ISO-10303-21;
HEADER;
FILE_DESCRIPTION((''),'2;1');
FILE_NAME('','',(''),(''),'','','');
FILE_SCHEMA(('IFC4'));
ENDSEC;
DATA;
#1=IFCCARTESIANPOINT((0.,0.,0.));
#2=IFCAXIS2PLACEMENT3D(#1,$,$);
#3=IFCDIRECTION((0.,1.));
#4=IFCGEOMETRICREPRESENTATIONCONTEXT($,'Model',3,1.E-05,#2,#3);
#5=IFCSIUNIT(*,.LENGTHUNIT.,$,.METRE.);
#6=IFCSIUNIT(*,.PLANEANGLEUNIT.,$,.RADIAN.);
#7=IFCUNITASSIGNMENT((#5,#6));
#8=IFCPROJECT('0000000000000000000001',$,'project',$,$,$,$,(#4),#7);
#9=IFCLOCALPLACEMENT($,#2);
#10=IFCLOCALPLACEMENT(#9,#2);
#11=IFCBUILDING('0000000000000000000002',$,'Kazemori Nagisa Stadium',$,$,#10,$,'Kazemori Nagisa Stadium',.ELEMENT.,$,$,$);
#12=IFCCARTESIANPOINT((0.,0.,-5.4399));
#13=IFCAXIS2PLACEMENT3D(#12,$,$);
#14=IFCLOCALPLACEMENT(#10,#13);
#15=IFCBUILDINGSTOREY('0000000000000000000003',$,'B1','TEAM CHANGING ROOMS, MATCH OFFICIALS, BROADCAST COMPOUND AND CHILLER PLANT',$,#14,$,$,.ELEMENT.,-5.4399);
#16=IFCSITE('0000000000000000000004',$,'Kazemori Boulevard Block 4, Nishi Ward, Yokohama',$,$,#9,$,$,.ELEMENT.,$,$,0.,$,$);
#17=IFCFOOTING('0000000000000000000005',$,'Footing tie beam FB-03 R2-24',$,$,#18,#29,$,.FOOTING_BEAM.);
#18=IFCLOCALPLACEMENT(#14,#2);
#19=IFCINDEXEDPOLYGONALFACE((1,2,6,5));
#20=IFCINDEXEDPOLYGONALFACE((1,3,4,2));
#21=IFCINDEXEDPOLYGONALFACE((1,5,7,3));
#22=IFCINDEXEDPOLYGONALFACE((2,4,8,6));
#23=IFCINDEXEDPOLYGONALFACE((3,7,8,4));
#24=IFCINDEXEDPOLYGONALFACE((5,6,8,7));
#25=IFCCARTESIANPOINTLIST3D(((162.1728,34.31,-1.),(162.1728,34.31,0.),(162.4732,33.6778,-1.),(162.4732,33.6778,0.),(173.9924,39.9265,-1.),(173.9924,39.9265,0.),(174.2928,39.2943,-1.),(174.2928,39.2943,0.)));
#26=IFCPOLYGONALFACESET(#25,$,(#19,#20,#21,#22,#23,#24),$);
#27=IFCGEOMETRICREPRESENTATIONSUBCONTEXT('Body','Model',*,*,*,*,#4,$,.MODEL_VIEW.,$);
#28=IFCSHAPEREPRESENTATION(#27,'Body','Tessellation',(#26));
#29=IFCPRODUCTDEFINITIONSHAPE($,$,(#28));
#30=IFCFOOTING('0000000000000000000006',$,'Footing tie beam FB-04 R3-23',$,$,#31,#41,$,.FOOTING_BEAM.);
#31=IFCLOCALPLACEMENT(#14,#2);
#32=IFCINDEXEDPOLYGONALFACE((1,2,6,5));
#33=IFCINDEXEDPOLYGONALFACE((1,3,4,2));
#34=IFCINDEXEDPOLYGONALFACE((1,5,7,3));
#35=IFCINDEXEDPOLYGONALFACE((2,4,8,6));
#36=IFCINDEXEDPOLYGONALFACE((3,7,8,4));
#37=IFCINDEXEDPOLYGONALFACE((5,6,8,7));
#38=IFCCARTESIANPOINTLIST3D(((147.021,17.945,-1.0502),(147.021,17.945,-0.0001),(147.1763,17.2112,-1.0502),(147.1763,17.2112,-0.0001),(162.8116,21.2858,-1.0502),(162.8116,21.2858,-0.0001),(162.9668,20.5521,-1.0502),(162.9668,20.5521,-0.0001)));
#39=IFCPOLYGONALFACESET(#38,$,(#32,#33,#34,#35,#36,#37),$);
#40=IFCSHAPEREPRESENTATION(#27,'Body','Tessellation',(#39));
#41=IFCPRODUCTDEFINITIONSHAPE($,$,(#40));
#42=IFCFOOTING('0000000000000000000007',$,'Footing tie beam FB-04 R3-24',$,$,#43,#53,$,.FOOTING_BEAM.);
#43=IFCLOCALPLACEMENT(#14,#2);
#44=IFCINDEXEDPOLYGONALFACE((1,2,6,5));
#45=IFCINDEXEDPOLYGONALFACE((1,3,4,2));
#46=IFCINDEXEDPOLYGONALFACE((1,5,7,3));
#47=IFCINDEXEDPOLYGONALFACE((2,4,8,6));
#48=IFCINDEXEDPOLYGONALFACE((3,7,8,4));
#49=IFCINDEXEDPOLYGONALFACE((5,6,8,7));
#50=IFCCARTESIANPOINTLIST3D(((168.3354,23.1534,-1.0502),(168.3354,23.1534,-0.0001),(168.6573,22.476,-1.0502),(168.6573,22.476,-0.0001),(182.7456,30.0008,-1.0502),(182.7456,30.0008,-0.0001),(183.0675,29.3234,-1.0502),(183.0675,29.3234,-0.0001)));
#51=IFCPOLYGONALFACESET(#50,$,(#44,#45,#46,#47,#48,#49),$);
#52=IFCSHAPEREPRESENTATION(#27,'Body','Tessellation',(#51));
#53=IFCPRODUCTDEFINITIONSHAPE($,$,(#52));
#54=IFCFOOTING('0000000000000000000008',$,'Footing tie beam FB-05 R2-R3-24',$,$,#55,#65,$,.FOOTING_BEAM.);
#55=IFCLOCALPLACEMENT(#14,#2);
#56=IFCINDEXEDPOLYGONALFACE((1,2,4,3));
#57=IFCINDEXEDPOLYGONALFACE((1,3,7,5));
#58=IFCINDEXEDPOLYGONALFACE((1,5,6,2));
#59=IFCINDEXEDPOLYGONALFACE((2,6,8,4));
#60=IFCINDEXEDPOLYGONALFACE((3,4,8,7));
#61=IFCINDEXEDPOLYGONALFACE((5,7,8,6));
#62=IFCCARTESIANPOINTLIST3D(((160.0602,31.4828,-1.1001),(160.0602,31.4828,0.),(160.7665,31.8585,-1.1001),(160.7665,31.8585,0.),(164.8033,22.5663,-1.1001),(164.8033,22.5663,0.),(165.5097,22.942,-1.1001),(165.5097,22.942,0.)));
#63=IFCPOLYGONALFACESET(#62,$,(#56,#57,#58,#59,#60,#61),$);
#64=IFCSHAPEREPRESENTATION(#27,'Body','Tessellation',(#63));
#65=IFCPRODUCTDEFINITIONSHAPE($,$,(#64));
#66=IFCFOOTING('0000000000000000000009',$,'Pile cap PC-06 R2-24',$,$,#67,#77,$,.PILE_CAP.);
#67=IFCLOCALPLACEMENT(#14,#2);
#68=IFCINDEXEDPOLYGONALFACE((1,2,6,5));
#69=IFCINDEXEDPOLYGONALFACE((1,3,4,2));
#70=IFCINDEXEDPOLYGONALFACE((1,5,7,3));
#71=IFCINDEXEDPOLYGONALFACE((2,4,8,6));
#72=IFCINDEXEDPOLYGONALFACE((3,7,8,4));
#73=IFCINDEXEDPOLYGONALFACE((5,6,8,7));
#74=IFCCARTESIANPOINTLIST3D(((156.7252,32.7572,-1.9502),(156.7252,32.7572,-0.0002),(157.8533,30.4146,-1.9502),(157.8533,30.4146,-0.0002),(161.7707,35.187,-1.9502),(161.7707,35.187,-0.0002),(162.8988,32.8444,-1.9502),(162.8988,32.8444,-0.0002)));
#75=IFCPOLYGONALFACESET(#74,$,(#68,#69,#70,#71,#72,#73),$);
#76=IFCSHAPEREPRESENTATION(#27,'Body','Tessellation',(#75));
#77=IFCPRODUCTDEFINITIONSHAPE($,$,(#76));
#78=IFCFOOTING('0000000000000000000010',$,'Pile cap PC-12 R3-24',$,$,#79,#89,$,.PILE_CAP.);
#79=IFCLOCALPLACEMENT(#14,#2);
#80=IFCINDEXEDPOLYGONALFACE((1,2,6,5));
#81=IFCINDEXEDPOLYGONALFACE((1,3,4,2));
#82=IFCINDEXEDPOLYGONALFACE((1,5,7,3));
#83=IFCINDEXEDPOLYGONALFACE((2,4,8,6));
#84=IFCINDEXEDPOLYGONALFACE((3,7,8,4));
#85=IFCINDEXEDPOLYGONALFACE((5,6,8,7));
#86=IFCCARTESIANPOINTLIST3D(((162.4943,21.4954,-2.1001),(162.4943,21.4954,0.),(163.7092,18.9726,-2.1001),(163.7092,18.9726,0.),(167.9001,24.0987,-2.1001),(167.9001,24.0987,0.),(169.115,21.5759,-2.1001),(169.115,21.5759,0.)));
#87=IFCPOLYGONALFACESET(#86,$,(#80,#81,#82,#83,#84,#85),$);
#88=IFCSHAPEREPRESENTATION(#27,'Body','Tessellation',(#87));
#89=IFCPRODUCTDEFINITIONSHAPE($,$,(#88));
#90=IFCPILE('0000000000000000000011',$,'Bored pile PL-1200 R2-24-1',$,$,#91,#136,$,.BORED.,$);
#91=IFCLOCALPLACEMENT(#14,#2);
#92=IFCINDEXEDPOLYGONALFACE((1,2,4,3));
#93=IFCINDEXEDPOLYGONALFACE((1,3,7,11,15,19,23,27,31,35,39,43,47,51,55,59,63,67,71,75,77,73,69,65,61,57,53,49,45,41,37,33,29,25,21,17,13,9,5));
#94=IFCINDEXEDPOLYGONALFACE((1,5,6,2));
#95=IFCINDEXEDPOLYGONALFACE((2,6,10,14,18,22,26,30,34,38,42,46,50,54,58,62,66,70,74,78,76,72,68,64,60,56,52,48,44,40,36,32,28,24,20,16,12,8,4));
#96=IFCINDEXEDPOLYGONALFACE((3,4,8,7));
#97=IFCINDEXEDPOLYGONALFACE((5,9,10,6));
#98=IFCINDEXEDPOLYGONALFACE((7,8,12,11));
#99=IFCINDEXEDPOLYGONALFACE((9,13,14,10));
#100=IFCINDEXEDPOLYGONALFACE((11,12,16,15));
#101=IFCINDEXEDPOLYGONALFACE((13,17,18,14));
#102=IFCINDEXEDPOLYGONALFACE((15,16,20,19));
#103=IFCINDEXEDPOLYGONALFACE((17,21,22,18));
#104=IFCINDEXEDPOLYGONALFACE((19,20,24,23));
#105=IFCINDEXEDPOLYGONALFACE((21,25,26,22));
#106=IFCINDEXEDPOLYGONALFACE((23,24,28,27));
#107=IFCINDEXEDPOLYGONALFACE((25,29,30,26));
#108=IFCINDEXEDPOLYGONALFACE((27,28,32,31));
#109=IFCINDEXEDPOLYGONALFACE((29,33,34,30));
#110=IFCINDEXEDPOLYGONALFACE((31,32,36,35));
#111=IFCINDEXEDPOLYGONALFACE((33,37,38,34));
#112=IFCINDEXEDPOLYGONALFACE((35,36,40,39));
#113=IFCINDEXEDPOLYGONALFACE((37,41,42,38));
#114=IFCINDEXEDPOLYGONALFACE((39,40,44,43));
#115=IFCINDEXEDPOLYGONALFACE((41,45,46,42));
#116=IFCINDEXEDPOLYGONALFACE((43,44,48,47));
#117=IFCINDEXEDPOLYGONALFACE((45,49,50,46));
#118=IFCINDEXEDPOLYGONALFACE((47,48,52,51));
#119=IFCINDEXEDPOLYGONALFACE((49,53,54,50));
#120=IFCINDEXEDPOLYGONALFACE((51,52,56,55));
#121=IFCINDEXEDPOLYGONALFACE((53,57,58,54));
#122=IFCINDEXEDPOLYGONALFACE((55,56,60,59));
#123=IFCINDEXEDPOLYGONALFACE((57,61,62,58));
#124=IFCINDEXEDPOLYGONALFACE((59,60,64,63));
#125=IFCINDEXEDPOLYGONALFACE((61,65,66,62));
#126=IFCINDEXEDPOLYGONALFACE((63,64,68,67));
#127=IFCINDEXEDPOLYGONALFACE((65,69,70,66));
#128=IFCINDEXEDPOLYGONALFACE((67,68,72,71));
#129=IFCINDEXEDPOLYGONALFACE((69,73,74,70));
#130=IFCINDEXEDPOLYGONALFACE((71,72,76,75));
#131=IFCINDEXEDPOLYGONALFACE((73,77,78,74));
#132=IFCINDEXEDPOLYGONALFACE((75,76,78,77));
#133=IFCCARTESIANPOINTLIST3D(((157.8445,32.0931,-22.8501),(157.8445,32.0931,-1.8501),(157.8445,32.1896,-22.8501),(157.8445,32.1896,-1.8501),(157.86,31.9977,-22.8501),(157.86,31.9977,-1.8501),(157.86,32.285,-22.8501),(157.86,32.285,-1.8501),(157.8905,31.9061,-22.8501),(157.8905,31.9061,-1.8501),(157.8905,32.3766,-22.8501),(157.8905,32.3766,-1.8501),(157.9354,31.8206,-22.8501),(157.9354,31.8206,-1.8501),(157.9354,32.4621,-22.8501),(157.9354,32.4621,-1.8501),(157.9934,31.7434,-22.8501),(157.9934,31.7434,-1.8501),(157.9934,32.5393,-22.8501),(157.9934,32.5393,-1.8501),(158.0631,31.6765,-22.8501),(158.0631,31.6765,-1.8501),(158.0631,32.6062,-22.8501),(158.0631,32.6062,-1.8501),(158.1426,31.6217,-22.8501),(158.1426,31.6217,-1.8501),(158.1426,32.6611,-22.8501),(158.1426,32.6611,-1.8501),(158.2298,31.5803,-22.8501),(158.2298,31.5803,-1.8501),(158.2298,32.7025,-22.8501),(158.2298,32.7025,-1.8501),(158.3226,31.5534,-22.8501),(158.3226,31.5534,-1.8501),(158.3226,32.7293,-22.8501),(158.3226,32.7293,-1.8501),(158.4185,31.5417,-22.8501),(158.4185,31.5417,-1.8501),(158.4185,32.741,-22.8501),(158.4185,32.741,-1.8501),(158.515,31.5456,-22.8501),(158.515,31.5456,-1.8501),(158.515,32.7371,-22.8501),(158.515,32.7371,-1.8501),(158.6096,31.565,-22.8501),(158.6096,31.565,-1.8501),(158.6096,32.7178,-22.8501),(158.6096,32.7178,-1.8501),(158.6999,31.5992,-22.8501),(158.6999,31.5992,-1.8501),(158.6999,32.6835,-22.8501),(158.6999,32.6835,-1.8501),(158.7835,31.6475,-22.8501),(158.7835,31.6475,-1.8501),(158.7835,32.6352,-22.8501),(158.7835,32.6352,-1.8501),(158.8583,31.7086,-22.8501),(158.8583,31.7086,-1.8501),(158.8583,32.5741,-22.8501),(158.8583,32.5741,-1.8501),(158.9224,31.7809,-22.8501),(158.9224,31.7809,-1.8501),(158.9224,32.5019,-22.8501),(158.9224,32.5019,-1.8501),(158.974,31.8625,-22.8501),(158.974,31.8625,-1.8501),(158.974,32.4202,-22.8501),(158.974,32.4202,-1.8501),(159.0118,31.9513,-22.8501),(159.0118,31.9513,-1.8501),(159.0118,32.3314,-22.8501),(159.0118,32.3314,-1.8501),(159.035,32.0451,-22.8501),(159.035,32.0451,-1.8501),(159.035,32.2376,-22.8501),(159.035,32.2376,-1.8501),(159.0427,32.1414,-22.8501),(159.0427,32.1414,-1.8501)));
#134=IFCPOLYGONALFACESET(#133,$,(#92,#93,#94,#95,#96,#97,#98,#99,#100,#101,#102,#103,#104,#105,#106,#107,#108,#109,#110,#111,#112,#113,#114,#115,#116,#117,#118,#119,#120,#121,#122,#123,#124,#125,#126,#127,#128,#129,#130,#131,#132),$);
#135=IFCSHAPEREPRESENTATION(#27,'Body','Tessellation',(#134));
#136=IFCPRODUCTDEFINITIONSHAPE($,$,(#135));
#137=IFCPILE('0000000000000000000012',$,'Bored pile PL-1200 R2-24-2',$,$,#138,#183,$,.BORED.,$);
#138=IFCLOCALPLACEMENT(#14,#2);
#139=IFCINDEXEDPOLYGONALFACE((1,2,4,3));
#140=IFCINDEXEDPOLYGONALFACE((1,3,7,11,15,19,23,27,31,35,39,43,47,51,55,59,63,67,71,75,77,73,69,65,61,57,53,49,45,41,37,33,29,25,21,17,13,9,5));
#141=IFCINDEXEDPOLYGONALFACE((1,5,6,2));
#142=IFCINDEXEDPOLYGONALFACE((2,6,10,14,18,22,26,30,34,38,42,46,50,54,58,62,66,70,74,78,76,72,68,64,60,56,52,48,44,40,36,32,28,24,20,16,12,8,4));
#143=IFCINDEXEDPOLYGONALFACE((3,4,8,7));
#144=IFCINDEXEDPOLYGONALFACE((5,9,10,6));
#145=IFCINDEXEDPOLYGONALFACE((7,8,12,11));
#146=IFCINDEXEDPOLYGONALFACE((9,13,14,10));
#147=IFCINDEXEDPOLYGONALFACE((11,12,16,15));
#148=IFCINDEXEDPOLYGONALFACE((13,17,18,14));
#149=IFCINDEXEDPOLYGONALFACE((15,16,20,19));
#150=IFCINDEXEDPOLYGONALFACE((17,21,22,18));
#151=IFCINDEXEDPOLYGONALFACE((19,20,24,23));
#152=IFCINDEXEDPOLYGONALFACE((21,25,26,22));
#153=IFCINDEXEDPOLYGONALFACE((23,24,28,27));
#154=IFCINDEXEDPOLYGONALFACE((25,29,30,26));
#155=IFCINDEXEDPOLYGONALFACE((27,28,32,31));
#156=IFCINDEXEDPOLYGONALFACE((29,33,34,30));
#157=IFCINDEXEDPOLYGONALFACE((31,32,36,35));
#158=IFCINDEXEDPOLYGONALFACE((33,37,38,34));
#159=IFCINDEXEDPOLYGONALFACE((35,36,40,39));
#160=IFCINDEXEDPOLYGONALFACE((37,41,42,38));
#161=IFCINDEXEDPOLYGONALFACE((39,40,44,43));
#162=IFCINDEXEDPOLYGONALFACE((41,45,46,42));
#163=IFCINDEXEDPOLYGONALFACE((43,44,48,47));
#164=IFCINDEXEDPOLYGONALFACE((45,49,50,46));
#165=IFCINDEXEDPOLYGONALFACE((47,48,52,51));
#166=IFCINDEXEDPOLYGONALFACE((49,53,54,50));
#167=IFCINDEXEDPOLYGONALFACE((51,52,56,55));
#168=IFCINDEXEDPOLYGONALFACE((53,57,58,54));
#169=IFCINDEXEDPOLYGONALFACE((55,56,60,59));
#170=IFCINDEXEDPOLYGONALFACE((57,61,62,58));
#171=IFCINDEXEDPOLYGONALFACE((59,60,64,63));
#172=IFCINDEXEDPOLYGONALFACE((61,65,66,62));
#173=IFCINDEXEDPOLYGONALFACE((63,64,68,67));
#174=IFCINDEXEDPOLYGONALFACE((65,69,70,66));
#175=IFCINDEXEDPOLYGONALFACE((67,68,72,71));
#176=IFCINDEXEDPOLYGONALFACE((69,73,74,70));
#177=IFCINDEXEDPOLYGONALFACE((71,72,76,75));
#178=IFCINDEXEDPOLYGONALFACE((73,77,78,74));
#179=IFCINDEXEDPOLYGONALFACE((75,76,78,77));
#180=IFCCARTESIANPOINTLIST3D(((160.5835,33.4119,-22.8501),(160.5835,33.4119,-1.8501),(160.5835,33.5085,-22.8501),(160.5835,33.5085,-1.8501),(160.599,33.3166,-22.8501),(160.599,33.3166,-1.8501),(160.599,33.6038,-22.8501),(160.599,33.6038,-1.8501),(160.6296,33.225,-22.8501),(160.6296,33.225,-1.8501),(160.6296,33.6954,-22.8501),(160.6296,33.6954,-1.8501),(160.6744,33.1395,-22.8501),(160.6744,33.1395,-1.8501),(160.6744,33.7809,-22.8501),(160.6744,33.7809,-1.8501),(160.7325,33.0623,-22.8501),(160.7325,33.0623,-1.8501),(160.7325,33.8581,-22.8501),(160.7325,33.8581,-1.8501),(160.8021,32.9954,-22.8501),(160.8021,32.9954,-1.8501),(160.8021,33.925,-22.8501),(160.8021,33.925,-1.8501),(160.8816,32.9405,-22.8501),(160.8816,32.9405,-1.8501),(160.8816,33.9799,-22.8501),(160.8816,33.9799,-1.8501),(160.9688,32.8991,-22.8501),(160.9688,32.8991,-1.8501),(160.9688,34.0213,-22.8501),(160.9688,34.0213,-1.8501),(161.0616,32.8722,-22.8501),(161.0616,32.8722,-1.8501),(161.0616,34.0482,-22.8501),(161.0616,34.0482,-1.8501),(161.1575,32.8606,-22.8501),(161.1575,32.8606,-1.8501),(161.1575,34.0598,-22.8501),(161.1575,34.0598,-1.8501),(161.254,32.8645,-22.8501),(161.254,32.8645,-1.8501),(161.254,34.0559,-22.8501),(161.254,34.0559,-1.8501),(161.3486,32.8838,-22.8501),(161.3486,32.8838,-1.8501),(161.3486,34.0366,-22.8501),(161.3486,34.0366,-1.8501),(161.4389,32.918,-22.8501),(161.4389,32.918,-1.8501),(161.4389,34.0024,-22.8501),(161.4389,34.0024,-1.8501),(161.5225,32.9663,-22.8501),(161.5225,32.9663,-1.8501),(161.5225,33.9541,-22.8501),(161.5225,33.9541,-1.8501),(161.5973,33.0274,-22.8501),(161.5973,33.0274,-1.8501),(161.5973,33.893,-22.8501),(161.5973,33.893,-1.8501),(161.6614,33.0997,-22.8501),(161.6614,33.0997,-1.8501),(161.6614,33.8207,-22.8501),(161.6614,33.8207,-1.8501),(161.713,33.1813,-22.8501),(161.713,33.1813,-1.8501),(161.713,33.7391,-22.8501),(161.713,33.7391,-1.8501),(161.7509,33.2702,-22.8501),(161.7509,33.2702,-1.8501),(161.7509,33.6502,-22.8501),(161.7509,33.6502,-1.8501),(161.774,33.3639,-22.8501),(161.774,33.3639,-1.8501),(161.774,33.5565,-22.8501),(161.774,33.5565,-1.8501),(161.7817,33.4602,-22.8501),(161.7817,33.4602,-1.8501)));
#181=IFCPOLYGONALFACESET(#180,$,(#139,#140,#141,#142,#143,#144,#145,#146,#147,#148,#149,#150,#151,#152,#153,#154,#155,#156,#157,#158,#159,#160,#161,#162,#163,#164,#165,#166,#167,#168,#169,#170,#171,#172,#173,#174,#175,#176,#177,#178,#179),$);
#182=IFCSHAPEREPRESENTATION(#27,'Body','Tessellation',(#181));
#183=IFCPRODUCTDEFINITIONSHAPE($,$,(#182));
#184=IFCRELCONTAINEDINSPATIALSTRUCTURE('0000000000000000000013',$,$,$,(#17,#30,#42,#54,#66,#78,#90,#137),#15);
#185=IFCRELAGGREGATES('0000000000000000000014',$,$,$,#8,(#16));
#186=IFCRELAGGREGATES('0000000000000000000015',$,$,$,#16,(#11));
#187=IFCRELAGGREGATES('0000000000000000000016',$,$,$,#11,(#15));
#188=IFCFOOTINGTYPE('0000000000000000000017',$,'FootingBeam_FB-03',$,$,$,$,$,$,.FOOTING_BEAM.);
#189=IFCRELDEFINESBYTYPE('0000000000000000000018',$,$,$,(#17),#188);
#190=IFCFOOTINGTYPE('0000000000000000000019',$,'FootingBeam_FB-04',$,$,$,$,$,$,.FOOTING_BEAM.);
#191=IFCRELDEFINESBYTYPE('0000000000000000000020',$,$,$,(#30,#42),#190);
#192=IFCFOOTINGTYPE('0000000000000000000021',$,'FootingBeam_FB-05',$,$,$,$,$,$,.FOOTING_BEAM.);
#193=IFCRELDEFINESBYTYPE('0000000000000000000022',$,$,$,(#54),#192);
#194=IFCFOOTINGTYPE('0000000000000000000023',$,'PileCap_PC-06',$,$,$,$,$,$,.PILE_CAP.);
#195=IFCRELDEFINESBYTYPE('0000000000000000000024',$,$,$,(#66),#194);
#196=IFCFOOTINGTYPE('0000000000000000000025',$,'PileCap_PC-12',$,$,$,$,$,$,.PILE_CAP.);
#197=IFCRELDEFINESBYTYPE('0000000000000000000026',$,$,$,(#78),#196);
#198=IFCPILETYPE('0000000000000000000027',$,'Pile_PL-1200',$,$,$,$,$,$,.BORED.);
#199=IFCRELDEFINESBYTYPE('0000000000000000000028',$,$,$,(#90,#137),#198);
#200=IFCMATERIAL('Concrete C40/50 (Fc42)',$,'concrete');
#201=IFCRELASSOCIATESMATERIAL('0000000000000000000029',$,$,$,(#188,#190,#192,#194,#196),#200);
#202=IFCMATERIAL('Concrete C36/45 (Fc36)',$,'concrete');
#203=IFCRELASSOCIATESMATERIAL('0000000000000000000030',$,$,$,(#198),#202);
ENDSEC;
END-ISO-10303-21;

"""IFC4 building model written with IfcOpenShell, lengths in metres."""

from ifc_helpers import new_model, si_unit, direction, frame, origin, origin_2d, place, context, subcontext, project, spatial, rectangle, circle, extrude, material, material_profile, profile_set, type_object, element, save


model = new_model("IFC4")

# Units and contexts
model_context = context("Model", 3, precision=1e-05, world=origin(), true_north=direction((0.0, 1.0)))
body_context = subcontext(model_context, "Body", "Model", "MODEL_VIEW")
ifc_project = project(units=[si_unit("LENGTHUNIT", "METRE"), si_unit("PLANEANGLEUNIT", "RADIAN")], contexts=[model_context])

# Site, building, storey
site_placement = place(None, origin())
site = spatial("IfcSite", under=ifc_project, at=site_placement, Name="Kazemori Boulevard Block 4, Nishi Ward, Yokohama", CompositionType="ELEMENT", RefElevation=0.0)
building_placement = place(site_placement, origin())
building = spatial("IfcBuilding", under=site, at=building_placement, Name="Kazemori Nagisa Stadium", LongName="Kazemori Nagisa Stadium", CompositionType="ELEMENT")
storey_placement = place(building_placement, frame((0.0, 0.0, -5.4399)))
storey = spatial("IfcBuildingStorey", under=building, at=storey_placement, Name="B1", Description="TEAM CHANGING ROOMS, MATCH OFFICIALS, BROADCAST COMPOUND AND CHILLER PLANT", CompositionType="ELEMENT", Elevation=-5.4399)

# Footings
ifc_material_1 = material(Name="Concrete C40/50 (Fc42)", Category="concrete")
ifc_material_profile_1 = material_profile(ifc_material_1, rectangle(XDim=0.7, YDim=1.0, at=origin_2d()), Name="RC-FB-700x1000")
ifc_profile_set_1 = profile_set([ifc_material_profile_1], Name="Concrete C40/50 (Fc42)")
footing_type_1 = type_object("IfcFootingType", Name="FootingBeam_FB-03", PredefinedType="FOOTING_BEAM", material=ifc_profile_set_1)
footing_1_placement = place(storey_placement, frame((162.323, 33.9939, -0.5), z_axis=(0.903214, 0.429191, 0.0), x_axis=(-0.429191, 0.903214, 0.0)))
element("IfcFooting", 1, at=footing_1_placement, inside=storey, type_object=footing_type_1, Name="Footing tie beam FB-03 R2-24", PredefinedType="FOOTING_BEAM", context=body_context, shape_type="SweptSolid", body=[
    extrude(rectangle(XDim=0.7, YDim=1.0, at=origin_2d()), origin(), (0.0, 0.0, 1.0), 13.0862),
])
ifc_material_profile_2 = material_profile(ifc_material_1, rectangle(XDim=0.75, YDim=1.05, at=origin_2d()), Name="RC-FB-750x1050")
ifc_profile_set_2 = profile_set([ifc_material_profile_2], Name="Concrete C40/50 (Fc42)")
footing_type_2 = type_object("IfcFootingType", Name="FootingBeam_FB-04", PredefinedType="FOOTING_BEAM", material=ifc_profile_set_2)
footing_2_placement = place(storey_placement, frame((147.0986, 17.5781, -0.5251), z_axis=(0.978343, 0.206989, 0.0), x_axis=(-0.206989, 0.978343, 0.0)))
element("IfcFooting", 2, at=footing_2_placement, inside=storey, type_object=footing_type_2, Name="Footing tie beam FB-04 R3-23", PredefinedType="FOOTING_BEAM", context=body_context, shape_type="SweptSolid", body=[
    extrude(rectangle(XDim=0.75, YDim=1.05, at=origin_2d()), origin(), (0.0, 0.0, 1.0), 16.1401),
])
footing_3_placement = place(storey_placement, frame((168.4963, 22.8147, -0.5251), z_axis=(0.903215, 0.429189, 0.0), x_axis=(-0.429189, 0.903215, 0.0)))
element("IfcFooting", 3, at=footing_3_placement, inside=storey, type_object=footing_type_2, Name="Footing tie beam FB-04 R3-24", PredefinedType="FOOTING_BEAM", context=body_context, shape_type="SweptSolid", body=[
    extrude(rectangle(XDim=0.75, YDim=1.05, at=origin_2d()), origin(), (0.0, 0.0, 1.0), 15.9543),
])
ifc_material_profile_3 = material_profile(ifc_material_1, rectangle(XDim=0.8, YDim=1.1001, at=origin_2d()), Name="RC-FB-800x1100")
ifc_profile_set_3 = profile_set([ifc_material_profile_3], Name="Concrete C40/50 (Fc42)")
footing_type_3 = type_object("IfcFootingType", Name="FootingBeam_FB-05", PredefinedType="FOOTING_BEAM", material=ifc_profile_set_3)
footing_4_placement = place(storey_placement, frame((160.4133, 31.6707, -0.55), z_axis=(0.469639, -0.882858, 0.0), x_axis=(0.882858, 0.469639, 0.0)))
element("IfcFooting", 4, at=footing_4_placement, inside=storey, type_object=footing_type_3, Name="Footing tie beam FB-05 R2-R3-24", PredefinedType="FOOTING_BEAM", context=body_context, shape_type="SweptSolid", body=[
    extrude(rectangle(XDim=0.8, YDim=1.1001, at=origin_2d()), origin(), (0.0, 0.0, 1.0), 10.0996),
])
footing_type_4 = type_object("IfcFootingType", Name="PileCap_PC-06", PredefinedType="PILE_CAP", material=ifc_material_1)
footing_5_placement = place(storey_placement, frame((159.812, 32.8008, -1.9502), z_axis=(0.0, 0.0, 1.0), x_axis=(0.900969, 0.433884, 0.0)))
element("IfcFooting", 5, at=footing_5_placement, inside=storey, type_object=footing_type_4, Name="Pile cap PC-06 R2-24", PredefinedType="PILE_CAP", context=body_context, shape_type="SweptSolid", body=[
    extrude(rectangle(XDim=5.6001, YDim=2.6001, at=origin_2d()), origin(), (0.0, 0.0, 1.0), 1.95),
])
footing_type_5 = type_object("IfcFootingType", Name="PileCap_PC-12", PredefinedType="PILE_CAP", material=ifc_material_1)
footing_6_placement = place(storey_placement, frame((165.8047, 21.5356, -2.1001), z_axis=(0.0, 0.0, 1.0), x_axis=(0.900969, 0.433884, 0.0)))
element("IfcFooting", 6, at=footing_6_placement, inside=storey, type_object=footing_type_5, Name="Pile cap PC-12 R3-24", PredefinedType="PILE_CAP", context=body_context, shape_type="SweptSolid", body=[
    extrude(rectangle(XDim=6.0, YDim=2.8, at=origin_2d()), origin(), (0.0, 0.0, 1.0), 2.1001),
])

# Piles
ifc_material_2 = material(Name="Concrete C36/45 (Fc36)", Category="concrete")
ifc_material_profile_4 = material_profile(ifc_material_2, circle(Radius=0.6001, at=origin_2d()), Name="PILE-D1200")
ifc_profile_set_4 = profile_set([ifc_material_profile_4], Name="Concrete C36/45 (Fc36)")
pile_type_1 = type_object("IfcPileType", Name="Pile_PL-1200", PredefinedType="BORED", material=ifc_profile_set_4)
for number, where, z_axis, x_axis, name in (
    (7, (158.4426, 32.1414, -1.8501), (0.0, 0.0, -1.0), (1.0, 0.0, 0.0), "Bored pile PL-1200 R2-24-1"),
    (8, (161.1816, 33.4602, -1.8501), (0.0, 0.0, -1.0), (1.0, 0.0, 0.0), "Bored pile PL-1200 R2-24-2"),
):
    element("IfcPile", number, at=place(storey_placement, frame(where, z_axis=z_axis, x_axis=x_axis)), inside=storey, type_object=pile_type_1, Name=name, PredefinedType="BORED", context=body_context, shape_type="SweptSolid", body=[
        extrude(circle(Radius=0.6001, at=origin_2d()), origin(), (0.0, 0.0, 1.0), 21.0),
    ])

save(model, "model.ifc")
